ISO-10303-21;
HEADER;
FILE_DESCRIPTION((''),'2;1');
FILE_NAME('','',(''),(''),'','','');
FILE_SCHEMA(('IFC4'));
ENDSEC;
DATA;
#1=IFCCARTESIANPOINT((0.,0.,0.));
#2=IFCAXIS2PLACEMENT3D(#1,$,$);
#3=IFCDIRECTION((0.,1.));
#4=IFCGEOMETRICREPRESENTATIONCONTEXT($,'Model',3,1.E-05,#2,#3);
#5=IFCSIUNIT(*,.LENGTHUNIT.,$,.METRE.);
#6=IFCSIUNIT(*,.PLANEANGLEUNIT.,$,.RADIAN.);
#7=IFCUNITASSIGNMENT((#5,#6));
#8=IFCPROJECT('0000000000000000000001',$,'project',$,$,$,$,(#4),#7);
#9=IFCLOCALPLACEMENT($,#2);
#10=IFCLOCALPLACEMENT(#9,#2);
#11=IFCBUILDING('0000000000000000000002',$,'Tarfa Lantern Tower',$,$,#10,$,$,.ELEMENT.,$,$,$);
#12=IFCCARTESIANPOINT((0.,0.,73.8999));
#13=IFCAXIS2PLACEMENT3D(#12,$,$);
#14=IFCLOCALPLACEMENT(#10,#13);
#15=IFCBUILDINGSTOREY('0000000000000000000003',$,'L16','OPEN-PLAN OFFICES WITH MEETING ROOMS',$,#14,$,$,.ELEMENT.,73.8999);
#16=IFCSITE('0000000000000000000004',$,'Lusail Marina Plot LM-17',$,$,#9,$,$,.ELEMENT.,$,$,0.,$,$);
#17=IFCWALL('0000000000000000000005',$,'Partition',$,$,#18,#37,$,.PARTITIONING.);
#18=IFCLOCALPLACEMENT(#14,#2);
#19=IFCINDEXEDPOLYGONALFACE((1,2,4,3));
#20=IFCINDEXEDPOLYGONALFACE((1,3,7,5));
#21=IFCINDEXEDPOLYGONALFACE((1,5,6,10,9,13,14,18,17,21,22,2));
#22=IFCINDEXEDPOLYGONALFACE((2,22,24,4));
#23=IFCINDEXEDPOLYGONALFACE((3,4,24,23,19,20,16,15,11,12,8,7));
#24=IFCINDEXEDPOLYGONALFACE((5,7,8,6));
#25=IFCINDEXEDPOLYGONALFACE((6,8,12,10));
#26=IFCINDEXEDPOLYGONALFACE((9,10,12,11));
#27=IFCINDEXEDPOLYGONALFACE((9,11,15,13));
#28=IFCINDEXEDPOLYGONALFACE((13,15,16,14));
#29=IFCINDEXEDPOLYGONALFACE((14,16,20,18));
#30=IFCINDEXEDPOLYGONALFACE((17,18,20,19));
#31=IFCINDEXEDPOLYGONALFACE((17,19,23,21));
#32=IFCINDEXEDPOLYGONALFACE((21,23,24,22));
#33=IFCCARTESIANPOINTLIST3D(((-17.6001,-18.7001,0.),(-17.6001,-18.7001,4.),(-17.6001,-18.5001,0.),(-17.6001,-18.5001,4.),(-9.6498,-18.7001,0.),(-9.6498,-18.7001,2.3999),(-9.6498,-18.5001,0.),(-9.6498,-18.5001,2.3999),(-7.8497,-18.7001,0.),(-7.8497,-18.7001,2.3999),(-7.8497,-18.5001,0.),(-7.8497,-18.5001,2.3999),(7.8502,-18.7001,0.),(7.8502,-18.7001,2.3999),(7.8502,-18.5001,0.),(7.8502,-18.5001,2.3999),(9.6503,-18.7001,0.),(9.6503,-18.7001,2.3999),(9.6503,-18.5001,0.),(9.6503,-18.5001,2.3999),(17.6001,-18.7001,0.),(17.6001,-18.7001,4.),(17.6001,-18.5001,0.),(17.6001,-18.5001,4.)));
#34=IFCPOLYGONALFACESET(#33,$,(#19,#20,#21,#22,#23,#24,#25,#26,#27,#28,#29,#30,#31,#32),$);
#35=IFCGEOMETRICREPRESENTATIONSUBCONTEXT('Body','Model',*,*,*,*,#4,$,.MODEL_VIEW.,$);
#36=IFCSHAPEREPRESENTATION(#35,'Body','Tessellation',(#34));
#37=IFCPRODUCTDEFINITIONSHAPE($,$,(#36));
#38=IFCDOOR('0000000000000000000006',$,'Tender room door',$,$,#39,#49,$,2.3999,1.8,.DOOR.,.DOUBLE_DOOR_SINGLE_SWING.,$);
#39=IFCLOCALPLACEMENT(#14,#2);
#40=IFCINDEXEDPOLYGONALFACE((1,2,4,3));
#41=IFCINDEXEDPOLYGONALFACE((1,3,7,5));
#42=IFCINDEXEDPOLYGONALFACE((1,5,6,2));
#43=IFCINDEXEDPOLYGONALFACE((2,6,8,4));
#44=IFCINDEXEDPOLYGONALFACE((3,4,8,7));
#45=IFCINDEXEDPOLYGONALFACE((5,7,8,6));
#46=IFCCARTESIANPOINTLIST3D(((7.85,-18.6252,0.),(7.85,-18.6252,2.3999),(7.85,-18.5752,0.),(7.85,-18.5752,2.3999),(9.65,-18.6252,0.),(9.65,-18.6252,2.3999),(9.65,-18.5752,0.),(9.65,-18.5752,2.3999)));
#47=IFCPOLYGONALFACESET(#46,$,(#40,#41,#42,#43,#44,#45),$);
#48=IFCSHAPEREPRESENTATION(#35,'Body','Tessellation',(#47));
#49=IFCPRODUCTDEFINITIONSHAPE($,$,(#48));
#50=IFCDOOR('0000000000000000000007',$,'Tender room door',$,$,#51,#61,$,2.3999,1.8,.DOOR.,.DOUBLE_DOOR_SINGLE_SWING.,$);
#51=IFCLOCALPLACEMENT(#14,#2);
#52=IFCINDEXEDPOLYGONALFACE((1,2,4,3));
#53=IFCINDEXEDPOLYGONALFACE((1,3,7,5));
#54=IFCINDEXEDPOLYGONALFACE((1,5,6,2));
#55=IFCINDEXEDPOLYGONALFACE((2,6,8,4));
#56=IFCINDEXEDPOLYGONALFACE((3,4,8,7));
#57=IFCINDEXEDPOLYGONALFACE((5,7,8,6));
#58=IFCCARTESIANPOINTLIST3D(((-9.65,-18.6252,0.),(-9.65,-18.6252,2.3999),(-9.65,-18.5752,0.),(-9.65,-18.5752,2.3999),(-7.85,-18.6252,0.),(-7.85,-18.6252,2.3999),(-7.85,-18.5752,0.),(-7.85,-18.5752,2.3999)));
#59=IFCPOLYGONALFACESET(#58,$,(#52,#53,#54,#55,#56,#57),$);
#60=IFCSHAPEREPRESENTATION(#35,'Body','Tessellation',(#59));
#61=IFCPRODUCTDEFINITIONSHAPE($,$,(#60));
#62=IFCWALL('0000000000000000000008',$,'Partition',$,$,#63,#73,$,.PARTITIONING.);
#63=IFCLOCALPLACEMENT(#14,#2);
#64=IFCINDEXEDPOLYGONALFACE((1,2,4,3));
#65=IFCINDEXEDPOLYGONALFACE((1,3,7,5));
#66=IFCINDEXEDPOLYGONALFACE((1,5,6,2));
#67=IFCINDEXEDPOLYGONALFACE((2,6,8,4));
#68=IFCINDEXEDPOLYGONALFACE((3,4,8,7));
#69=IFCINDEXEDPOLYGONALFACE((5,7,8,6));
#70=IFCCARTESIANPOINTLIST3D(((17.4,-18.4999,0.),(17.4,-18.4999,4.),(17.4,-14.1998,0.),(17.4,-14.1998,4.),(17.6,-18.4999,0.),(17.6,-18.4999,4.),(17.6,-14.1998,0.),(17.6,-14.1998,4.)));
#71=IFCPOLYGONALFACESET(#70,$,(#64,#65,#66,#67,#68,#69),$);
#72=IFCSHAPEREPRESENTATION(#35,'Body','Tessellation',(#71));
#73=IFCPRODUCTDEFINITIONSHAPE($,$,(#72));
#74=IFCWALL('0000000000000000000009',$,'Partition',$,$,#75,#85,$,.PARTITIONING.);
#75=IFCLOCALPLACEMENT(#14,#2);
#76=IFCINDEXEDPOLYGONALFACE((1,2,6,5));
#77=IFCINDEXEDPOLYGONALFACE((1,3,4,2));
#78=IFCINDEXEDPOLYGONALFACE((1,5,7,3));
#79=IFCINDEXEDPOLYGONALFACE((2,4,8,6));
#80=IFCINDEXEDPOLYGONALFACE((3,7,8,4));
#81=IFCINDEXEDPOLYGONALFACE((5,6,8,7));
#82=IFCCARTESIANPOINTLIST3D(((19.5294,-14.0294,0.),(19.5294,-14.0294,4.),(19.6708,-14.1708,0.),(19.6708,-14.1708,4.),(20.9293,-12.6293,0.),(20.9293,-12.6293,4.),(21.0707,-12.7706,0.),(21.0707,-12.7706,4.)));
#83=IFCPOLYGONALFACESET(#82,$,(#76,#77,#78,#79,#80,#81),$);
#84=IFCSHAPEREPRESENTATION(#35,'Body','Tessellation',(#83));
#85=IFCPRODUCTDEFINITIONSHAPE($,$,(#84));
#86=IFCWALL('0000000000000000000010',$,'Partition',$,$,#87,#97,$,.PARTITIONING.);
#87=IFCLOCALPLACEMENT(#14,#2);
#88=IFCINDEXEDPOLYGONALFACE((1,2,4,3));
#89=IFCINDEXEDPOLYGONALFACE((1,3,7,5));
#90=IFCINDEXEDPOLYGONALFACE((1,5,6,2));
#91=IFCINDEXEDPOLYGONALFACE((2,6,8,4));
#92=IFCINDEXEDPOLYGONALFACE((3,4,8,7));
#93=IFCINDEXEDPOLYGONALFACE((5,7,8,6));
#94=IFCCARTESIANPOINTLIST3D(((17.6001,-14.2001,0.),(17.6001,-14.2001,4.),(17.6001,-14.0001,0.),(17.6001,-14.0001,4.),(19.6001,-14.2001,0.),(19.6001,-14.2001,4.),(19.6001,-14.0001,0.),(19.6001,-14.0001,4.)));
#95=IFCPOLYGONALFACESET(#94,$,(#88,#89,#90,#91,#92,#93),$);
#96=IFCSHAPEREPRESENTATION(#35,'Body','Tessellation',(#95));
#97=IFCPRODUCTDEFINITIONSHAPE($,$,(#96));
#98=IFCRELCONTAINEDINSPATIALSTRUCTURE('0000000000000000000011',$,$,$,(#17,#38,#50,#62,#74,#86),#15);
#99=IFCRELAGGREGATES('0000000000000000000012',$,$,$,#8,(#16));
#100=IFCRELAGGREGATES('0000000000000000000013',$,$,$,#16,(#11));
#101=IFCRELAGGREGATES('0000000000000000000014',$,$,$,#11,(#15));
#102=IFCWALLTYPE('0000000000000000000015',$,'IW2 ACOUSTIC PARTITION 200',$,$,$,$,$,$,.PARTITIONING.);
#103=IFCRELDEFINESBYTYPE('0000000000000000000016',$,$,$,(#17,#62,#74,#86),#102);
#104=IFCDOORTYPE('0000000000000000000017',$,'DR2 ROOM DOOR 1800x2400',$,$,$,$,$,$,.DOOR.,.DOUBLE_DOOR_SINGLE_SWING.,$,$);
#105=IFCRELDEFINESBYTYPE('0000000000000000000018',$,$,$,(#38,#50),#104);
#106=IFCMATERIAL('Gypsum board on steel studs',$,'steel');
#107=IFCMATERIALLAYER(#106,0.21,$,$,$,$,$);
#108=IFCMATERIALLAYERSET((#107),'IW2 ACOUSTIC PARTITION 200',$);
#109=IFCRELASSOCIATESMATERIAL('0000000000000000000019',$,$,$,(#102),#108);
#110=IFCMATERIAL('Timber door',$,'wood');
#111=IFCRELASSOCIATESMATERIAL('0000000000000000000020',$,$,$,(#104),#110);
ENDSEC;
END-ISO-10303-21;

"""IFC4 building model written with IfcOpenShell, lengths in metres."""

from ifc_helpers import new_model, si_unit, direction, frame, frame_2d, origin, place, context, subcontext, project, spatial, rectangle, extrude, material, layer, layer_set, type_object, element, fill, save


model = new_model("IFC4")

# Units and contexts
model_context = context("Model", 3, precision=1e-05, world=origin(), true_north=direction((0.0, 1.0)))
body_context = subcontext(model_context, "Body", "Model", "MODEL_VIEW")
ifc_project = project(units=[si_unit("LENGTHUNIT", "METRE"), si_unit("PLANEANGLEUNIT", "RADIAN")], contexts=[model_context])

# Site, building, storey
site_placement = place(None, origin())
site = spatial("IfcSite", under=ifc_project, at=site_placement, Name="Lusail Marina Plot LM-17", CompositionType="ELEMENT", RefElevation=0.0)
building_placement = place(site_placement, origin())
building = spatial("IfcBuilding", under=site, at=building_placement, Name="Tarfa Lantern Tower", CompositionType="ELEMENT")
storey_placement = place(building_placement, frame((0.0, 0.0, 73.8999)))
storey = spatial("IfcBuildingStorey", under=building, at=storey_placement, Name="L16", Description="OPEN-PLAN OFFICES WITH MEETING ROOMS", CompositionType="ELEMENT", Elevation=73.8999)

# Shared definitions
ifc_material_1 = material(Name="Gypsum board on steel studs", Category="steel")
ifc_layer_1 = layer(ifc_material_1, 0.21)
ifc_layer_set_1 = layer_set([ifc_layer_1], Name="IW2 ACOUSTIC PARTITION 200")
wall_type_1 = type_object("IfcWallType", Name="IW2 ACOUSTIC PARTITION 200", PredefinedType="PARTITIONING", material=ifc_layer_set_1)

# Wall, openings, doors
wall_1_placement = place(storey_placement, frame((17.6001, -18.6001, 0.0), z_axis=(0.0, 0.0, 1.0), x_axis=(-1.0, 0.0, 0.0)))
wall_1 = element("IfcWall", 1, at=wall_1_placement, inside=storey, type_object=wall_type_1, Name="Partition", PredefinedType="PARTITIONING", context=body_context, shape_type="SweptSolid", body=[
    extrude(rectangle(XDim=35.2002, YDim=0.2, at=frame_2d((17.6001, 0.0))), origin(), (0.0, 0.0, 1.0), 4.0),
])
opening_1_placement = place(wall_1_placement, frame((7.95, 0.0, 0.0)))
opening_1 = element("IfcOpeningElement", 2, at=opening_1_placement, cuts=wall_1, PredefinedType="OPENING", context=body_context, shape_type="SweptSolid", body=[
    extrude(rectangle(XDim=1.8, YDim=2.3999, at=frame_2d((0.8999, 1.2))), frame((0.0, 0.1099, 0.0), z_axis=(0.0, -1.0, 0.0), x_axis=(1.0, 0.0, 0.0)), (0.0, 0.0, 1.0), 0.22),
])
opening_2_placement = place(wall_1_placement, frame((25.45, 0.0, 0.0)))
opening_2 = element("IfcOpeningElement", 3, at=opening_2_placement, cuts=wall_1, PredefinedType="OPENING", context=body_context, shape_type="SweptSolid", body=[
    extrude(rectangle(XDim=1.8, YDim=2.3999, at=frame_2d((0.8999, 1.2))), frame((0.0, 0.1099, 0.0), z_axis=(0.0, -1.0, 0.0), x_axis=(1.0, 0.0, 0.0)), (0.0, 0.0, 1.0), 0.22),
])
ifc_material_2 = material(Name="Timber door", Category="wood")
door_type_1 = type_object("IfcDoorType", Name="DR2 ROOM DOOR 1800x2400", OperationType="DOUBLE_DOOR_SINGLE_SWING", PredefinedType="DOOR", material=ifc_material_2)
door_1_placement = place(opening_1_placement, frame((1.8, 0.0, 0.0), z_axis=(0.0, 0.0, 1.0), x_axis=(-1.0, 0.0, 0.0)))
door_1 = element("IfcDoor", 4, at=door_1_placement, inside=storey, type_object=door_type_1, Name="Tender room door", OperationType="DOUBLE_DOOR_SINGLE_SWING", OverallHeight=2.3999, OverallWidth=1.8, PredefinedType="DOOR", context=body_context, shape_type="SweptSolid", body=[
    extrude(rectangle(XDim=1.8, YDim=2.3999, at=frame_2d((0.8999, 1.2))), frame((0.0, 0.0249, 0.0), z_axis=(0.0, -1.0, 0.0), x_axis=(1.0, 0.0, 0.0)), (0.0, 0.0, 1.0), 0.05),
])
fill(opening_1, door_1)
door_2_placement = place(opening_2_placement, frame((1.8, 0.0, 0.0), z_axis=(0.0, 0.0, 1.0), x_axis=(-1.0, 0.0, 0.0)))
door_2 = element("IfcDoor", 5, at=door_2_placement, inside=storey, type_object=door_type_1, Name="Tender room door", OperationType="DOUBLE_DOOR_SINGLE_SWING", OverallHeight=2.3999, OverallWidth=1.8, PredefinedType="DOOR", context=body_context, shape_type="SweptSolid", body=[
    extrude(rectangle(XDim=1.8, YDim=2.3999, at=frame_2d((0.8999, 1.2))), frame((0.0, 0.0249, 0.0), z_axis=(0.0, -1.0, 0.0), x_axis=(1.0, 0.0, 0.0)), (0.0, 0.0, 1.0), 0.05),
])
fill(opening_2, door_2)

# Walls
wall_2_placement = place(storey_placement, frame((17.5, -14.2, 0.0), z_axis=(0.0, 0.0, 1.0), x_axis=(0.0, -1.0, 0.0)))
element("IfcWall", 6, at=wall_2_placement, inside=storey, type_object=wall_type_1, Name="Partition", PredefinedType="PARTITIONING", context=body_context, shape_type="SweptSolid", body=[
    extrude(rectangle(XDim=4.3, YDim=0.2, at=frame_2d((2.1499, 0.0))), origin(), (0.0, 0.0, 1.0), 4.0),
])
wall_3_placement = place(storey_placement, frame((21.0, -12.7, 0.0), z_axis=(0.0, 0.0, 1.0), x_axis=(-0.707045, -0.707168, 0.0)))
element("IfcWall", 7, at=wall_3_placement, inside=storey, type_object=wall_type_1, Name="Partition", PredefinedType="PARTITIONING", context=body_context, shape_type="SweptSolid", body=[
    extrude(rectangle(XDim=1.98, YDim=0.2, at=frame_2d((0.99, 0.0))), origin(), (0.0, 0.0, 1.0), 4.0),
])
wall_4_placement = place(storey_placement, frame((19.6001, -14.1001, 0.0), z_axis=(0.0, 0.0, 1.0), x_axis=(-1.0, 0.0, 0.0)))
element("IfcWall", 8, at=wall_4_placement, inside=storey, type_object=wall_type_1, Name="Partition", PredefinedType="PARTITIONING", context=body_context, shape_type="SweptSolid", body=[
    extrude(rectangle(XDim=2.0, YDim=0.2, at=frame_2d((1.0, 0.0))), origin(), (0.0, 0.0, 1.0), 4.0),
])

save(model, "model.ifc")
